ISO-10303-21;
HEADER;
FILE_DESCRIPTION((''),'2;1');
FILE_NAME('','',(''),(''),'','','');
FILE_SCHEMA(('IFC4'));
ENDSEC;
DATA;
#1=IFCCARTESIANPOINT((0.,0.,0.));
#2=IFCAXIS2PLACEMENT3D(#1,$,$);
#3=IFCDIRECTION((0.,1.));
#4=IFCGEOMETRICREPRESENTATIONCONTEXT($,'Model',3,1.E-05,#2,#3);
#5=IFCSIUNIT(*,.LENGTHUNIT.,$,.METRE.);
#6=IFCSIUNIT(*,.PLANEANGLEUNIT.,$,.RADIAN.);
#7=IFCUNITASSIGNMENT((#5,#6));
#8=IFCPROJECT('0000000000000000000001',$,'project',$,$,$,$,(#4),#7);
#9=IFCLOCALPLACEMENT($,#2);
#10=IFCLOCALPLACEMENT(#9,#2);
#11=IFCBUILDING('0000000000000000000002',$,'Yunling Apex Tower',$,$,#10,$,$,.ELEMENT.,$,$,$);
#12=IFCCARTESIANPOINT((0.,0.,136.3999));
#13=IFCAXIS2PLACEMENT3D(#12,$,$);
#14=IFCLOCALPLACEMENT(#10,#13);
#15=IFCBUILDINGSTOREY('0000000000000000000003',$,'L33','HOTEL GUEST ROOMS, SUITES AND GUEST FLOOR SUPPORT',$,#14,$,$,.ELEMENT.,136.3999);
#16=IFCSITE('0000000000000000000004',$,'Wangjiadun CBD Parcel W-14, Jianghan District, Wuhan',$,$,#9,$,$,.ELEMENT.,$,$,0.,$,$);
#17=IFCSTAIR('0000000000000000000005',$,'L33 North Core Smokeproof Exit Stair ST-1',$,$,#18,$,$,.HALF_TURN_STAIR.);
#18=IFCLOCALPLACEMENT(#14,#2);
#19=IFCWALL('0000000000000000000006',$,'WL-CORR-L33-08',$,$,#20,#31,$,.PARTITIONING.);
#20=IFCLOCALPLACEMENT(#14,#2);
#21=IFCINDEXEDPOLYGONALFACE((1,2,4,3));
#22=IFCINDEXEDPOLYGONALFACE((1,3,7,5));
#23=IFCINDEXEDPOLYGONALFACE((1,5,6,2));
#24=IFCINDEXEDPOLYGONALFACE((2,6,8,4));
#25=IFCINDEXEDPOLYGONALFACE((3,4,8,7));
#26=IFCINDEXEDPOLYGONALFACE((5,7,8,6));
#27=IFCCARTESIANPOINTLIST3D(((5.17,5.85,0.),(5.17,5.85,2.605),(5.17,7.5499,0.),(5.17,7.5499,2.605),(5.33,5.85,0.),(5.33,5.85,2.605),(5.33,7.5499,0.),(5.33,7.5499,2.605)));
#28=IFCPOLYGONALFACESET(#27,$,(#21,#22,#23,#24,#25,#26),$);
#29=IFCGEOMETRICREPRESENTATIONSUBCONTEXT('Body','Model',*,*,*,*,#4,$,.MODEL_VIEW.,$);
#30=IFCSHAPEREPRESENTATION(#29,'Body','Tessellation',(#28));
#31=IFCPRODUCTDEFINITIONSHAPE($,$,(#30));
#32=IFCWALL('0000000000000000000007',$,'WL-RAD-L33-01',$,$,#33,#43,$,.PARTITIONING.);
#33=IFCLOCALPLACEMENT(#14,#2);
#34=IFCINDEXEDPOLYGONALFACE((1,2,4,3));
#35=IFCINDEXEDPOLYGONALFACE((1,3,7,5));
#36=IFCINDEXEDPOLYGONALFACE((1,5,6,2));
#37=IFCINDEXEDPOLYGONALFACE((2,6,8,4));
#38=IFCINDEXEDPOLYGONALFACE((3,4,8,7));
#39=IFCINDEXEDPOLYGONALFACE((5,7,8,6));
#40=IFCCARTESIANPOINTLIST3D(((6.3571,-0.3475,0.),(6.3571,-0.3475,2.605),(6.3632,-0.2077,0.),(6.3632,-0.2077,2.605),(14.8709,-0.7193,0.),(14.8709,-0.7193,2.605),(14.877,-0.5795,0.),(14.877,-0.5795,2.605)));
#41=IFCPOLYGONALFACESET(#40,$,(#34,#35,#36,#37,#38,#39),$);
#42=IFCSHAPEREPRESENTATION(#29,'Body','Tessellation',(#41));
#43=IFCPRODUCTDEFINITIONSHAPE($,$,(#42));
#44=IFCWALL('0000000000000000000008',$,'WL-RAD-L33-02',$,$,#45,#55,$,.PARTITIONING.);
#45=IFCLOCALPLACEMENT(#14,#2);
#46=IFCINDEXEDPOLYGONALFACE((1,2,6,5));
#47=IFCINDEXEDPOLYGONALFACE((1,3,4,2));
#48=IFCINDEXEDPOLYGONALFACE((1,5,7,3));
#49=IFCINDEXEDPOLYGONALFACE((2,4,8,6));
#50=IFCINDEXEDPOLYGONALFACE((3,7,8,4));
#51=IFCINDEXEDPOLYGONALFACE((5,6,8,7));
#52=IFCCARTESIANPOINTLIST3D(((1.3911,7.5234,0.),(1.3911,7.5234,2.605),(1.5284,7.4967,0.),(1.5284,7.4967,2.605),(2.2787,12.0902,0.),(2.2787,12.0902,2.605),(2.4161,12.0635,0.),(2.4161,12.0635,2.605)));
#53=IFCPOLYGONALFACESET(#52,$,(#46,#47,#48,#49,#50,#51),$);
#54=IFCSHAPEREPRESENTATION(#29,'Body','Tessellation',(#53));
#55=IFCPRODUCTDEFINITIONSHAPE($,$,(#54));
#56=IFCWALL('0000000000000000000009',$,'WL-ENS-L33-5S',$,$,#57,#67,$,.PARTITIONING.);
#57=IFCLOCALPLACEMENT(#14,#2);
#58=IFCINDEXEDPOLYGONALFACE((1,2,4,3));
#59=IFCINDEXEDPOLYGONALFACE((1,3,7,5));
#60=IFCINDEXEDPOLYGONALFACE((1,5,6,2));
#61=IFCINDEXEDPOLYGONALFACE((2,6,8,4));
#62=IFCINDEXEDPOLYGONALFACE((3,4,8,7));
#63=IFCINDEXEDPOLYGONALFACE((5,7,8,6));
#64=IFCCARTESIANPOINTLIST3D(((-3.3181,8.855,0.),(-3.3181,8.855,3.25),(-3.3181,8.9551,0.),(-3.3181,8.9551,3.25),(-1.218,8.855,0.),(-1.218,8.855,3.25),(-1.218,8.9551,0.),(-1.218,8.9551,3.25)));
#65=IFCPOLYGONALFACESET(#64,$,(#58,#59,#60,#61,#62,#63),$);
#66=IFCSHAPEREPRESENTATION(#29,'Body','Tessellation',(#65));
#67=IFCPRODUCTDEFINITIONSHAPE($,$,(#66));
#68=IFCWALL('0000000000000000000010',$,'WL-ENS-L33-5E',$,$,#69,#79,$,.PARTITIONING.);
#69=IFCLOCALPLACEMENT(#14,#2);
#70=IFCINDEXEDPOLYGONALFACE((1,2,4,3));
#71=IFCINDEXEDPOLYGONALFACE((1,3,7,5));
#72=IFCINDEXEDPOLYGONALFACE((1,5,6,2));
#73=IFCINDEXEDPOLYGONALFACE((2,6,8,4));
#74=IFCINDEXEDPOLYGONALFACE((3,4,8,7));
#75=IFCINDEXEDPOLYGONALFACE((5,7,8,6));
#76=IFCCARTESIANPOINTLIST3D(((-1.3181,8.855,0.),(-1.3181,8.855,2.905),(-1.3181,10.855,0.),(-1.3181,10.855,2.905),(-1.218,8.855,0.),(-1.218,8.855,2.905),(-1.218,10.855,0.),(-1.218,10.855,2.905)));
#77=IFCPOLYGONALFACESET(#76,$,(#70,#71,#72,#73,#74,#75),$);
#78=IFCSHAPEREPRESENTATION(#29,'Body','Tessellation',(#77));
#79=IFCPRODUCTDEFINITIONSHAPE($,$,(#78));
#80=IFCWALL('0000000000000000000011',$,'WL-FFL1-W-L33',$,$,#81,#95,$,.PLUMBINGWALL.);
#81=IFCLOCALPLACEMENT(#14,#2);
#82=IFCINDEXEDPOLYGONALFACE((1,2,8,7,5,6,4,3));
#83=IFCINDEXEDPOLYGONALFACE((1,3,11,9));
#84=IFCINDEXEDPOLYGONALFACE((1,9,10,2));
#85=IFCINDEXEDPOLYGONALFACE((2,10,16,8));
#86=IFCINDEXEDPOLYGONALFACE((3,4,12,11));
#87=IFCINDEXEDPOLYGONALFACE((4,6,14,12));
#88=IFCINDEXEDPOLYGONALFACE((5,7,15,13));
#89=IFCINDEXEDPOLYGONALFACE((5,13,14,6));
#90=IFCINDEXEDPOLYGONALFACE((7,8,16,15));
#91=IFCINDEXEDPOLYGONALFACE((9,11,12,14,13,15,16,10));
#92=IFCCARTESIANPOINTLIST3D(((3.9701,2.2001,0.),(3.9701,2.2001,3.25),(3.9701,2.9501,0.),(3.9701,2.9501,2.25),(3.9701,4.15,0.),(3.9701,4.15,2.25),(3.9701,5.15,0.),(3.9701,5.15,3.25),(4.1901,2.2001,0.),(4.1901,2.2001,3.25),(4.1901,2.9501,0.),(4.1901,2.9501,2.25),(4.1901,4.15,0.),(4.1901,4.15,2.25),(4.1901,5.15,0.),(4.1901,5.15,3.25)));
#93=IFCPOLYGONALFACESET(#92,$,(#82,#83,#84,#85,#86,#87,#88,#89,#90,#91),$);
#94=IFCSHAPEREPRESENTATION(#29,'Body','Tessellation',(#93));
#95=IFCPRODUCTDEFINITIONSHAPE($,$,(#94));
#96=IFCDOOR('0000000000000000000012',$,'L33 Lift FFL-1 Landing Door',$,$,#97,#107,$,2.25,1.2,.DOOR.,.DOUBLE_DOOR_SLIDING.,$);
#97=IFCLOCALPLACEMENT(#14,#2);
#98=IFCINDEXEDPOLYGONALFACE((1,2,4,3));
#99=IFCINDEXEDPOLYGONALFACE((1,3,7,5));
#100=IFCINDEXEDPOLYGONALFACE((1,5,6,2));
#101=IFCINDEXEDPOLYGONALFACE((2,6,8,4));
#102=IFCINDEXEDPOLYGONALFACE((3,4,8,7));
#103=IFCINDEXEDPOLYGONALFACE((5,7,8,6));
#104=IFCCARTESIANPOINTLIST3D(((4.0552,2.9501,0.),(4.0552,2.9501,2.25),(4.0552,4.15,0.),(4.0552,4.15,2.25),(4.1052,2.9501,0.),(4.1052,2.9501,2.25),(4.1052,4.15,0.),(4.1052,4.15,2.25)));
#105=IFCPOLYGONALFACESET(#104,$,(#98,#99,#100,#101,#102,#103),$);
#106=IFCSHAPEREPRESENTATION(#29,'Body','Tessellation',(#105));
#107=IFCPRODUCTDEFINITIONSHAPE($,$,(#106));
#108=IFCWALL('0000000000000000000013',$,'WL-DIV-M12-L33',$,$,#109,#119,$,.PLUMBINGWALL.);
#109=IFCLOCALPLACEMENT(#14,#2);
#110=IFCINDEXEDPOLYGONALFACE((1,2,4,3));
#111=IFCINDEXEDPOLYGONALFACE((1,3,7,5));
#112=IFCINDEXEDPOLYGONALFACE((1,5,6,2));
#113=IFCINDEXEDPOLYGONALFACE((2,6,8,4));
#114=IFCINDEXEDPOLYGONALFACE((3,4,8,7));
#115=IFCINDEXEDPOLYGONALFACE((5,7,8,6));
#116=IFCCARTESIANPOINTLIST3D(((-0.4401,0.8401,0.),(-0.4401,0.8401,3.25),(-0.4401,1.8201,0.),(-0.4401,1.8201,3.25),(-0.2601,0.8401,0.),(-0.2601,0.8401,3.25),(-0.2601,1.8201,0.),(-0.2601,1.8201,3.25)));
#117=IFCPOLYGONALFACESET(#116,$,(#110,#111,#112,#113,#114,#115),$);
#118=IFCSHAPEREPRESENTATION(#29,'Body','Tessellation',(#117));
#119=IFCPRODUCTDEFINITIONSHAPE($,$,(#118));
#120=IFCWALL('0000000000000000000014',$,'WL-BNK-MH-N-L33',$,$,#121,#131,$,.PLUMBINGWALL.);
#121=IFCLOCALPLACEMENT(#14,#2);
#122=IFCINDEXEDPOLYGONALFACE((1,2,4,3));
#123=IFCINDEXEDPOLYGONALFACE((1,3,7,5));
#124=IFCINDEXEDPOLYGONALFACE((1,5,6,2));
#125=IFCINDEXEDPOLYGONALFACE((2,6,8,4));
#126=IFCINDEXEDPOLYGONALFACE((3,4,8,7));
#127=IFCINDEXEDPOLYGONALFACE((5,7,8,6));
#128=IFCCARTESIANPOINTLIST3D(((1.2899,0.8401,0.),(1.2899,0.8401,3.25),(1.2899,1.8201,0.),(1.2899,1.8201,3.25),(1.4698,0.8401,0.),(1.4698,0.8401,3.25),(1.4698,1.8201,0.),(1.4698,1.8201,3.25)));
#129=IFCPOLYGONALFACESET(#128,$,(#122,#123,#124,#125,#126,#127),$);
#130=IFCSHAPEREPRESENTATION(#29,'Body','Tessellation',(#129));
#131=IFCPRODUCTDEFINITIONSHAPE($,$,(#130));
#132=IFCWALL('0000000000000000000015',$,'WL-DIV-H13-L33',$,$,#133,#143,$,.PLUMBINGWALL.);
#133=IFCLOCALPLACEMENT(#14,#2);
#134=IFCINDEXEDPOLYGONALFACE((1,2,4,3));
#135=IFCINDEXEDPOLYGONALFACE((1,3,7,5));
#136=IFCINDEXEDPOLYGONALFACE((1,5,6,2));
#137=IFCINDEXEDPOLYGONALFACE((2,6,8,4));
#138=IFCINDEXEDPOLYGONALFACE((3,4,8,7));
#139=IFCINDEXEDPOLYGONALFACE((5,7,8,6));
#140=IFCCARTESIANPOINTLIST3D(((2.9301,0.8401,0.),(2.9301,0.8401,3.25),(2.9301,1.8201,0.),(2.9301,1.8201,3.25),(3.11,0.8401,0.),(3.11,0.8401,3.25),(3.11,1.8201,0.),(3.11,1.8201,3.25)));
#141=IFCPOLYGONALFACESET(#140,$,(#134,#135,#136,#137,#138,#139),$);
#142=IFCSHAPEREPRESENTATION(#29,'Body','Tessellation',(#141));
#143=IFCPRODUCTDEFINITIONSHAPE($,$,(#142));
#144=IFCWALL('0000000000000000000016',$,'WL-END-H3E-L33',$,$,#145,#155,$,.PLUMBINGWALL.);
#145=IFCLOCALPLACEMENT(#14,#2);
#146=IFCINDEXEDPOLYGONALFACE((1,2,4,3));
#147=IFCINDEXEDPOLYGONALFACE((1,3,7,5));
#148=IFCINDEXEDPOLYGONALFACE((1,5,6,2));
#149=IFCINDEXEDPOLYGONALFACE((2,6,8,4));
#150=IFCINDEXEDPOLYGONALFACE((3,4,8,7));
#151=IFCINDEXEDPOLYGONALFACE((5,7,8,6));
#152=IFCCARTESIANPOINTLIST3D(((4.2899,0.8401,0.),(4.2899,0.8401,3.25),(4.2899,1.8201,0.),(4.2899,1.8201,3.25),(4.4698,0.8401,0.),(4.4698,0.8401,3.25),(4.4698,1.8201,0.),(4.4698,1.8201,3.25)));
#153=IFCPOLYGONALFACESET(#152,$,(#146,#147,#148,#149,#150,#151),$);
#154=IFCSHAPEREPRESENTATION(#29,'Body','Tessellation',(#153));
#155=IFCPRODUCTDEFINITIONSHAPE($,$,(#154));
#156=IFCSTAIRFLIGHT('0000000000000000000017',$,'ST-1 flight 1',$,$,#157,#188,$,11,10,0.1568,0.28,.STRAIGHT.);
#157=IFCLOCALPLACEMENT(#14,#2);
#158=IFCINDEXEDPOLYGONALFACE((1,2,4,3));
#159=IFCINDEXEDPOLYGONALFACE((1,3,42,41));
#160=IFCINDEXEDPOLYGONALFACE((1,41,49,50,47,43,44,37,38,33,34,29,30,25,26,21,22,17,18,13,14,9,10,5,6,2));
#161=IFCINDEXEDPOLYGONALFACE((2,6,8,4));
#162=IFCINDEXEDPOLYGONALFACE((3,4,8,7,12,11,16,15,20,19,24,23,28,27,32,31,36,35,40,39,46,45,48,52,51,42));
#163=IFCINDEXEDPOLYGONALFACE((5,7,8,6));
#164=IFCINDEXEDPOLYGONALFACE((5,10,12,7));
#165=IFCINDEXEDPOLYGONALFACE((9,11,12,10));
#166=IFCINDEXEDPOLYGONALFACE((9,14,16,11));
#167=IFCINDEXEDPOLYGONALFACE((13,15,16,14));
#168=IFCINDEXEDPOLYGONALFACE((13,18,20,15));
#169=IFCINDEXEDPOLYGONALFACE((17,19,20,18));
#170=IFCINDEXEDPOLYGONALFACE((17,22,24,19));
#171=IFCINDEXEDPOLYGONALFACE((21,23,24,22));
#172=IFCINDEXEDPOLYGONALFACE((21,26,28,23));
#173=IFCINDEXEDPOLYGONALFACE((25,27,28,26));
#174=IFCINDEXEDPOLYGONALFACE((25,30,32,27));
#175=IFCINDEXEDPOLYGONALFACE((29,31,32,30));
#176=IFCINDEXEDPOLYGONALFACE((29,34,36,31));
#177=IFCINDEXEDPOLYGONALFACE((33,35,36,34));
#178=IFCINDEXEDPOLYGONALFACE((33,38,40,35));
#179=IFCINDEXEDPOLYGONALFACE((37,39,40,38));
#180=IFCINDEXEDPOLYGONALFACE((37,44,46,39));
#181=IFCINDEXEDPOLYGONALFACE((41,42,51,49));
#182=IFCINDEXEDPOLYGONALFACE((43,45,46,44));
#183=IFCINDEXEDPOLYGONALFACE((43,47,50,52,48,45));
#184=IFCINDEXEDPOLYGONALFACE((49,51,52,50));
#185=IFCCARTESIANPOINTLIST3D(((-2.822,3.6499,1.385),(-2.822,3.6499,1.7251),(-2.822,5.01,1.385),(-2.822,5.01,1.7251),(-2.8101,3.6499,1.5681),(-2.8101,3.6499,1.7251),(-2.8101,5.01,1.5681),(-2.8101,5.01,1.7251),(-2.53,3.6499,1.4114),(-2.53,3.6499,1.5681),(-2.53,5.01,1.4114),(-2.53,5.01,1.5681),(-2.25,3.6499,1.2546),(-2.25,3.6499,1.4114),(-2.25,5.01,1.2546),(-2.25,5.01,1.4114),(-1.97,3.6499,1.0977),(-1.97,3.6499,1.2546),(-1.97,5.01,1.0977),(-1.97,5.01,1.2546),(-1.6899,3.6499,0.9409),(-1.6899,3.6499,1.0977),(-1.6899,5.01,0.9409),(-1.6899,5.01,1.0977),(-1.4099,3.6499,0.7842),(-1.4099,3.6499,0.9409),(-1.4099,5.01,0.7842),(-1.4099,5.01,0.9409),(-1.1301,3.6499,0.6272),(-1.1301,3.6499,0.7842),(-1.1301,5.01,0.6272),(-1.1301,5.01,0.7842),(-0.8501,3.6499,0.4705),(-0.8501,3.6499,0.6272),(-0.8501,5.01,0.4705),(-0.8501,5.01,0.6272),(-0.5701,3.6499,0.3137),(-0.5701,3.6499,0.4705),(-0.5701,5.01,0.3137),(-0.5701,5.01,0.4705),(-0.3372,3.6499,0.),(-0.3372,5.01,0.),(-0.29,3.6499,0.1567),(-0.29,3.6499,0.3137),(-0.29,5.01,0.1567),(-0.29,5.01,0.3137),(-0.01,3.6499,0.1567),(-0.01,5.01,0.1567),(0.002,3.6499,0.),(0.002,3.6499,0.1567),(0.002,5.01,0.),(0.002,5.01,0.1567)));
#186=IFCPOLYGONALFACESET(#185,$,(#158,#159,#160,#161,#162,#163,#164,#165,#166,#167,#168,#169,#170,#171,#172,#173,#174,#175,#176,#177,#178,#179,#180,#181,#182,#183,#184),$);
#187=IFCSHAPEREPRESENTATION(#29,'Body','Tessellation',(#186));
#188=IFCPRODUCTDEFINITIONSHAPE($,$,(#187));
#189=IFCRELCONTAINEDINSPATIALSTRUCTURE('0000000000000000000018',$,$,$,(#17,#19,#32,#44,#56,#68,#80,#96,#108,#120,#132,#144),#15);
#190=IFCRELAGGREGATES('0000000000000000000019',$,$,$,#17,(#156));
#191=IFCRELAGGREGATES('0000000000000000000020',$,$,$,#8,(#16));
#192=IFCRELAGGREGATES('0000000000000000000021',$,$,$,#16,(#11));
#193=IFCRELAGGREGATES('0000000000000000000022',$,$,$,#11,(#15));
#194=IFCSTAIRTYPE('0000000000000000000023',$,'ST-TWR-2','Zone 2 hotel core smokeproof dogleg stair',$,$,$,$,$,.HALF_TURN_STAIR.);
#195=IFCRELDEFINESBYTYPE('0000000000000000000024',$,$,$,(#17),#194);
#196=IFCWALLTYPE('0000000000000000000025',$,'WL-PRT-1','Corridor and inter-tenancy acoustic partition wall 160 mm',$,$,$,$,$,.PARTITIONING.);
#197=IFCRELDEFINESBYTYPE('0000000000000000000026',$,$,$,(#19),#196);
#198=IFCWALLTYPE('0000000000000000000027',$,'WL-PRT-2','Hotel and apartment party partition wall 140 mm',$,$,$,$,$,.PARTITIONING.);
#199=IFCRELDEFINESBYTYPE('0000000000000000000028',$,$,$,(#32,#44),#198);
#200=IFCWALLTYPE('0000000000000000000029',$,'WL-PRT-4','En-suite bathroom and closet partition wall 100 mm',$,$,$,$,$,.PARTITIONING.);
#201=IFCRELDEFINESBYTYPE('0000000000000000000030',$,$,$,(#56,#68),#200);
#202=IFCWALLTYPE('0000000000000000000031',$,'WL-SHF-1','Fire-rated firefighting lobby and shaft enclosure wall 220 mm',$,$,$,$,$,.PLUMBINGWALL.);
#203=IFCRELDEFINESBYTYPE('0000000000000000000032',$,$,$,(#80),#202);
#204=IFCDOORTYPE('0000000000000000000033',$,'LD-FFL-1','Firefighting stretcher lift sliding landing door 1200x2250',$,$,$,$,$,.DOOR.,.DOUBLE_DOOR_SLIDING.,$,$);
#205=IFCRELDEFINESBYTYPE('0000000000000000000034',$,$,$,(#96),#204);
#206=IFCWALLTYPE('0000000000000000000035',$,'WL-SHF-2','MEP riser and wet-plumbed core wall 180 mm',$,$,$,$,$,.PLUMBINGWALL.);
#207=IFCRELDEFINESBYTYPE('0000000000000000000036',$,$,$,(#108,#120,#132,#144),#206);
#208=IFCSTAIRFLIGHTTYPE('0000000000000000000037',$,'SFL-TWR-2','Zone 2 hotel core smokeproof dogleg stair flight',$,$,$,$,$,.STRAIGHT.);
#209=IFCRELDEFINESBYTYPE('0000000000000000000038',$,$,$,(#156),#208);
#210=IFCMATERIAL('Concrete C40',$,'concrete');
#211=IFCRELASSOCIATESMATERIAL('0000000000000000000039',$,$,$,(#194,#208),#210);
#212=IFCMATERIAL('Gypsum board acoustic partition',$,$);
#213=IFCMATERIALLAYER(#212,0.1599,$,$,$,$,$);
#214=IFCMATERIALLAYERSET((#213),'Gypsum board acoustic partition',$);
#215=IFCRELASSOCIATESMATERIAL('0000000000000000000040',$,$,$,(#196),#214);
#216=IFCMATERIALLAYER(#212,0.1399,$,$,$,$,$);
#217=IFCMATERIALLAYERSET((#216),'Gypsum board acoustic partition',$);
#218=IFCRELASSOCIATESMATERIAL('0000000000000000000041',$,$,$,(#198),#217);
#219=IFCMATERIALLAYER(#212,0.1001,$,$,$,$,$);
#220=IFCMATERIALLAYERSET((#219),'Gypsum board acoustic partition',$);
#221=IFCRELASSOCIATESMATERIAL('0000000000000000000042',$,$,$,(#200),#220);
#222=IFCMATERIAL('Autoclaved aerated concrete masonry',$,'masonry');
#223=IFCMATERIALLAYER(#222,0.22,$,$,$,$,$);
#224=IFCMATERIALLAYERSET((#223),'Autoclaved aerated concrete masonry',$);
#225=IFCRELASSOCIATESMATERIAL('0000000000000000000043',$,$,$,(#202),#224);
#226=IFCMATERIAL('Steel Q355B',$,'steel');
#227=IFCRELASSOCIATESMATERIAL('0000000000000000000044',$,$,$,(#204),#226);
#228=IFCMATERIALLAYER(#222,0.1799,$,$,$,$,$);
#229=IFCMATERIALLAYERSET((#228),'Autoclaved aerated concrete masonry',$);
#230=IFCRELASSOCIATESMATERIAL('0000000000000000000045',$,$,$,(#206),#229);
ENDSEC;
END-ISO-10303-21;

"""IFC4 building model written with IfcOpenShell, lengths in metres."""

from ifc_helpers import new_model, si_unit, direction, frame, frame_2d, origin, place, context, subcontext, project, spatial, polyline, rectangle, outline, extrude, material, layer, layer_set, type_object, element, fill, aggregate, save


model = new_model("IFC4")

# Units and contexts
model_context = context("Model", 3, precision=1e-05, world=origin(), true_north=direction((0.0, 1.0)))
body_context = subcontext(model_context, "Body", "Model", "MODEL_VIEW")
ifc_project = project(units=[si_unit("LENGTHUNIT", "METRE"), si_unit("PLANEANGLEUNIT", "RADIAN")], contexts=[model_context])

# Site, building, storey
site_placement = place(None, origin())
site = spatial("IfcSite", under=ifc_project, at=site_placement, Name="Wangjiadun CBD Parcel W-14, Jianghan District, Wuhan", CompositionType="ELEMENT", RefElevation=0.0)
building_placement = place(site_placement, origin())
building = spatial("IfcBuilding", under=site, at=building_placement, Name="Yunling Apex Tower", CompositionType="ELEMENT")
storey_placement = place(building_placement, frame((0.0, 0.0, 136.3999)))
storey = spatial("IfcBuildingStorey", under=building, at=storey_placement, Name="L33", Description="HOTEL GUEST ROOMS, SUITES AND GUEST FLOOR SUPPORT", CompositionType="ELEMENT", Elevation=136.3999)

# Shared definitions
ifc_material_1 = material(Name="Steel Q355B", Category="steel")

# Shared definitions
ifc_material_2 = material(Name="Concrete C40", Category="concrete")

# Stair
stair_type = type_object("IfcStairType", Name="ST-TWR-2", Description="Zone 2 hotel core smokeproof dogleg stair", PredefinedType="HALF_TURN_STAIR", material=ifc_material_2)
stair_1_placement = place(storey_placement, origin())
stair_1 = element("IfcStair", 1, at=stair_1_placement, inside=storey, type_object=stair_type, Name="L33 North Core Smokeproof Exit Stair ST-1", PredefinedType="HALF_TURN_STAIR")

# Walls
ifc_material_3 = material(Name="Gypsum board acoustic partition")
ifc_layer_1 = layer(ifc_material_3, 0.1599)
ifc_layer_set_1 = layer_set([ifc_layer_1], Name="Gypsum board acoustic partition")
wall_type_1 = type_object("IfcWallType", Name="WL-PRT-1", Description="Corridor and inter-tenancy acoustic partition wall 160 mm", PredefinedType="PARTITIONING", material=ifc_layer_set_1)
wall_1_placement = place(storey_placement, frame((5.25, 7.55, 0.0), z_axis=(0.0, 0.0, 1.0), x_axis=(0.0, -1.0, 0.0)))
element("IfcWall", 2, at=wall_1_placement, inside=storey, type_object=wall_type_1, Name="WL-CORR-L33-08", PredefinedType="PARTITIONING", context=body_context, shape_type="SweptSolid", body=[
    extrude(rectangle(XDim=1.7, YDim=0.1599, at=frame_2d((0.8501, 0.0))), origin(), (0.0, 0.0, 1.0), 2.605),
])
ifc_layer_2 = layer(ifc_material_3, 0.1399)
ifc_layer_set_2 = layer_set([ifc_layer_2], Name="Gypsum board acoustic partition")
wall_type_2 = type_object("IfcWallType", Name="WL-PRT-2", Description="Hotel and apartment party partition wall 140 mm", PredefinedType="PARTITIONING", material=ifc_layer_set_2)
wall_2_placement = place(storey_placement, frame((6.3601, -0.2776, 0.0), z_axis=(0.0, 0.0, 1.0), x_axis=(0.999048, -0.043631, 0.0)))
element("IfcWall", 3, at=wall_2_placement, inside=storey, type_object=wall_type_2, Name="WL-RAD-L33-01", PredefinedType="PARTITIONING", context=body_context, shape_type="SweptSolid", body=[
    extrude(rectangle(XDim=8.522, YDim=0.1399, at=frame_2d((4.261, 0.0))), origin(), (0.0, 0.0, 1.0), 2.605),
])
wall_3_placement = place(storey_placement, frame((1.4597, 7.51, 0.0), z_axis=(0.0, 0.0, 1.0), x_axis=(0.190805, 0.981628, 0.0)))
element("IfcWall", 4, at=wall_3_placement, inside=storey, type_object=wall_type_2, Name="WL-RAD-L33-02", PredefinedType="PARTITIONING", context=body_context, shape_type="SweptSolid", body=[
    extrude(rectangle(XDim=4.6523, YDim=0.1399, at=frame_2d((2.3262, 0.0))), origin(), (0.0, 0.0, 1.0), 2.605),
])
ifc_layer_3 = layer(ifc_material_3, 0.1001)
ifc_layer_set_3 = layer_set([ifc_layer_3], Name="Gypsum board acoustic partition")
wall_type_3 = type_object("IfcWallType", Name="WL-PRT-4", Description="En-suite bathroom and closet partition wall 100 mm", PredefinedType="PARTITIONING", material=ifc_layer_set_3)
wall_4_placement = place(storey_placement, frame((-1.218, 8.905, 0.0), z_axis=(0.0, 0.0, 1.0), x_axis=(-1.0, 0.0, 0.0)))
element("IfcWall", 5, at=wall_4_placement, inside=storey, type_object=wall_type_3, Name="WL-ENS-L33-5S", PredefinedType="PARTITIONING", context=body_context, shape_type="SweptSolid", body=[
    extrude(rectangle(XDim=2.1001, YDim=0.1001, at=frame_2d((1.05, 0.0))), origin(), (0.0, 0.0, 1.0), 3.25),
])
wall_5_placement = place(storey_placement, frame((-1.2681, 10.855, 0.0), z_axis=(0.0, 0.0, 1.0), x_axis=(0.0, -1.0, 0.0)))
element("IfcWall", 6, at=wall_5_placement, inside=storey, type_object=wall_type_3, Name="WL-ENS-L33-5E", PredefinedType="PARTITIONING", context=body_context, shape_type="SweptSolid", body=[
    extrude(rectangle(XDim=2.0, YDim=0.1001, at=frame_2d((1.0, 0.0))), origin(), (0.0, 0.0, 1.0), 2.905),
])

# Wall, opening, door
ifc_material_4 = material(Name="Autoclaved aerated concrete masonry", Category="masonry")
ifc_layer_4 = layer(ifc_material_4, 0.22)
ifc_layer_set_4 = layer_set([ifc_layer_4], Name="Autoclaved aerated concrete masonry")
wall_type_4 = type_object("IfcWallType", Name="WL-SHF-1", Description="Fire-rated firefighting lobby and shaft enclosure wall 220 mm", PredefinedType="PLUMBINGWALL", material=ifc_layer_set_4)
wall_6_placement = place(storey_placement, frame((4.0801, 2.2, 0.0), z_axis=(0.0, 0.0, 1.0), x_axis=(0.0, 1.0, 0.0)))
wall_6 = element("IfcWall", 7, at=wall_6_placement, inside=storey, type_object=wall_type_4, Name="WL-FFL1-W-L33", PredefinedType="PLUMBINGWALL", context=body_context, shape_type="SweptSolid", body=[
    extrude(rectangle(XDim=2.95, YDim=0.22, at=frame_2d((1.4751, 0.0))), origin(), (0.0, 0.0, 1.0), 3.25),
])
opening_1_placement = place(wall_6_placement, frame((0.75, 0.0, 0.0)))
opening_1 = element("IfcOpeningElement", 8, at=opening_1_placement, cuts=wall_6, PredefinedType="OPENING", context=body_context, shape_type="SweptSolid", body=[
    extrude(rectangle(XDim=1.2, YDim=2.25, at=frame_2d((0.6001, 1.125))), frame((0.0, 0.1201, 0.0), z_axis=(0.0, -1.0, 0.0), x_axis=(1.0, 0.0, 0.0)), (0.0, 0.0, 1.0), 0.24),
])
door_type_1 = type_object("IfcDoorType", Name="LD-FFL-1", Description="Firefighting stretcher lift sliding landing door 1200x2250", OperationType="DOUBLE_DOOR_SLIDING", PredefinedType="DOOR", material=ifc_material_1)
door_1_placement = place(opening_1_placement, origin())
door_1 = element("IfcDoor", 9, at=door_1_placement, inside=storey, type_object=door_type_1, Name="L33 Lift FFL-1 Landing Door", OperationType="DOUBLE_DOOR_SLIDING", OverallHeight=2.25, OverallWidth=1.2, PredefinedType="DOOR", context=body_context, shape_type="SweptSolid", body=[
    extrude(rectangle(XDim=1.2, YDim=2.25, at=frame_2d((0.6001, 1.125))), frame((0.0, 0.0249, 0.0), z_axis=(0.0, -1.0, 0.0), x_axis=(1.0, 0.0, 0.0)), (0.0, 0.0, 1.0), 0.05),
])
fill(opening_1, door_1)

# Walls
ifc_layer_5 = layer(ifc_material_4, 0.1799)
ifc_layer_set_5 = layer_set([ifc_layer_5], Name="Autoclaved aerated concrete masonry")
wall_type_5 = type_object("IfcWallType", Name="WL-SHF-2", Description="MEP riser and wet-plumbed core wall 180 mm", PredefinedType="PLUMBINGWALL", material=ifc_layer_set_5)
for number, where, z_axis, x_axis, name in (
    (10, (-0.3501, 0.8401, 0.0), (0.0, 0.0, 1.0), (0.0, 1.0, 0.0), "WL-DIV-M12-L33"),
    (11, (1.3799, 0.8401, 0.0), (0.0, 0.0, 1.0), (0.0, 1.0, 0.0), "WL-BNK-MH-N-L33"),
    (12, (3.02, 0.8401, 0.0), (0.0, 0.0, 1.0), (0.0, 1.0, 0.0), "WL-DIV-H13-L33"),
    (13, (4.3799, 0.8401, 0.0), (0.0, 0.0, 1.0), (0.0, 1.0, 0.0), "WL-END-H3E-L33"),
):
    element("IfcWall", number, at=place(storey_placement, frame(where, z_axis=z_axis, x_axis=x_axis)), inside=storey, type_object=wall_type_5, Name=name, PredefinedType="PLUMBINGWALL", context=body_context, shape_type="SweptSolid", body=[
        extrude(rectangle(XDim=0.98, YDim=0.1799, at=frame_2d((0.49, 0.0))), origin(), (0.0, 0.0, 1.0), 3.25),
    ])

# Stair flight
stair_flight_type = type_object("IfcStairFlightType", Name="SFL-TWR-2", Description="Zone 2 hotel core smokeproof dogleg stair flight", PredefinedType="STRAIGHT", material=ifc_material_2)
stair_flight_placement = place(storey_placement, frame((-0.01, 4.3301, 0.0), z_axis=(0.0, 0.0, 1.0), x_axis=(-1.0, 0.0, 0.0)))
stair_flight = element("IfcStairFlight", 14, at=stair_flight_placement, type_object=stair_flight_type, Name="ST-1 flight 1", NumberOfRisers=11, NumberOfTreads=10, PredefinedType="STRAIGHT", RiserHeight=0.1568, TreadLength=0.28, context=body_context, shape_type="SweptSolid", body=[
    extrude(outline(polyline([(-0.012, 0.0), (-0.012, 0.1567), (0.0, 0.1567), (0.28, 0.1567), (0.28, 0.3137), (0.5601, 0.3137), (0.5601, 0.4705), (0.8401, 0.4705), (0.8401, 0.6272), (1.1201, 0.6272), (1.1201, 0.7842), (1.3999, 0.7842), (1.3999, 0.9409), (1.6799, 0.9409), (1.6799, 1.0977), (1.96, 1.0977), (1.96, 1.2546), (2.24, 1.2546), (2.24, 1.4114), (2.52, 1.4114), (2.52, 1.5681), (2.8, 1.5681), (2.8, 1.7251), (2.812, 1.7251), (2.812, 1.385), (0.3271, 0.0), (-0.012, 0.0)])), frame((0.0, 0.6802, 0.0), z_axis=(0.0, -1.0, 0.0), x_axis=(1.0, 0.0, 0.0)), (0.0, 0.0, 1.0), 1.3601),
])
aggregate(stair_1, [stair_flight])

save(model, "model.ifc")
